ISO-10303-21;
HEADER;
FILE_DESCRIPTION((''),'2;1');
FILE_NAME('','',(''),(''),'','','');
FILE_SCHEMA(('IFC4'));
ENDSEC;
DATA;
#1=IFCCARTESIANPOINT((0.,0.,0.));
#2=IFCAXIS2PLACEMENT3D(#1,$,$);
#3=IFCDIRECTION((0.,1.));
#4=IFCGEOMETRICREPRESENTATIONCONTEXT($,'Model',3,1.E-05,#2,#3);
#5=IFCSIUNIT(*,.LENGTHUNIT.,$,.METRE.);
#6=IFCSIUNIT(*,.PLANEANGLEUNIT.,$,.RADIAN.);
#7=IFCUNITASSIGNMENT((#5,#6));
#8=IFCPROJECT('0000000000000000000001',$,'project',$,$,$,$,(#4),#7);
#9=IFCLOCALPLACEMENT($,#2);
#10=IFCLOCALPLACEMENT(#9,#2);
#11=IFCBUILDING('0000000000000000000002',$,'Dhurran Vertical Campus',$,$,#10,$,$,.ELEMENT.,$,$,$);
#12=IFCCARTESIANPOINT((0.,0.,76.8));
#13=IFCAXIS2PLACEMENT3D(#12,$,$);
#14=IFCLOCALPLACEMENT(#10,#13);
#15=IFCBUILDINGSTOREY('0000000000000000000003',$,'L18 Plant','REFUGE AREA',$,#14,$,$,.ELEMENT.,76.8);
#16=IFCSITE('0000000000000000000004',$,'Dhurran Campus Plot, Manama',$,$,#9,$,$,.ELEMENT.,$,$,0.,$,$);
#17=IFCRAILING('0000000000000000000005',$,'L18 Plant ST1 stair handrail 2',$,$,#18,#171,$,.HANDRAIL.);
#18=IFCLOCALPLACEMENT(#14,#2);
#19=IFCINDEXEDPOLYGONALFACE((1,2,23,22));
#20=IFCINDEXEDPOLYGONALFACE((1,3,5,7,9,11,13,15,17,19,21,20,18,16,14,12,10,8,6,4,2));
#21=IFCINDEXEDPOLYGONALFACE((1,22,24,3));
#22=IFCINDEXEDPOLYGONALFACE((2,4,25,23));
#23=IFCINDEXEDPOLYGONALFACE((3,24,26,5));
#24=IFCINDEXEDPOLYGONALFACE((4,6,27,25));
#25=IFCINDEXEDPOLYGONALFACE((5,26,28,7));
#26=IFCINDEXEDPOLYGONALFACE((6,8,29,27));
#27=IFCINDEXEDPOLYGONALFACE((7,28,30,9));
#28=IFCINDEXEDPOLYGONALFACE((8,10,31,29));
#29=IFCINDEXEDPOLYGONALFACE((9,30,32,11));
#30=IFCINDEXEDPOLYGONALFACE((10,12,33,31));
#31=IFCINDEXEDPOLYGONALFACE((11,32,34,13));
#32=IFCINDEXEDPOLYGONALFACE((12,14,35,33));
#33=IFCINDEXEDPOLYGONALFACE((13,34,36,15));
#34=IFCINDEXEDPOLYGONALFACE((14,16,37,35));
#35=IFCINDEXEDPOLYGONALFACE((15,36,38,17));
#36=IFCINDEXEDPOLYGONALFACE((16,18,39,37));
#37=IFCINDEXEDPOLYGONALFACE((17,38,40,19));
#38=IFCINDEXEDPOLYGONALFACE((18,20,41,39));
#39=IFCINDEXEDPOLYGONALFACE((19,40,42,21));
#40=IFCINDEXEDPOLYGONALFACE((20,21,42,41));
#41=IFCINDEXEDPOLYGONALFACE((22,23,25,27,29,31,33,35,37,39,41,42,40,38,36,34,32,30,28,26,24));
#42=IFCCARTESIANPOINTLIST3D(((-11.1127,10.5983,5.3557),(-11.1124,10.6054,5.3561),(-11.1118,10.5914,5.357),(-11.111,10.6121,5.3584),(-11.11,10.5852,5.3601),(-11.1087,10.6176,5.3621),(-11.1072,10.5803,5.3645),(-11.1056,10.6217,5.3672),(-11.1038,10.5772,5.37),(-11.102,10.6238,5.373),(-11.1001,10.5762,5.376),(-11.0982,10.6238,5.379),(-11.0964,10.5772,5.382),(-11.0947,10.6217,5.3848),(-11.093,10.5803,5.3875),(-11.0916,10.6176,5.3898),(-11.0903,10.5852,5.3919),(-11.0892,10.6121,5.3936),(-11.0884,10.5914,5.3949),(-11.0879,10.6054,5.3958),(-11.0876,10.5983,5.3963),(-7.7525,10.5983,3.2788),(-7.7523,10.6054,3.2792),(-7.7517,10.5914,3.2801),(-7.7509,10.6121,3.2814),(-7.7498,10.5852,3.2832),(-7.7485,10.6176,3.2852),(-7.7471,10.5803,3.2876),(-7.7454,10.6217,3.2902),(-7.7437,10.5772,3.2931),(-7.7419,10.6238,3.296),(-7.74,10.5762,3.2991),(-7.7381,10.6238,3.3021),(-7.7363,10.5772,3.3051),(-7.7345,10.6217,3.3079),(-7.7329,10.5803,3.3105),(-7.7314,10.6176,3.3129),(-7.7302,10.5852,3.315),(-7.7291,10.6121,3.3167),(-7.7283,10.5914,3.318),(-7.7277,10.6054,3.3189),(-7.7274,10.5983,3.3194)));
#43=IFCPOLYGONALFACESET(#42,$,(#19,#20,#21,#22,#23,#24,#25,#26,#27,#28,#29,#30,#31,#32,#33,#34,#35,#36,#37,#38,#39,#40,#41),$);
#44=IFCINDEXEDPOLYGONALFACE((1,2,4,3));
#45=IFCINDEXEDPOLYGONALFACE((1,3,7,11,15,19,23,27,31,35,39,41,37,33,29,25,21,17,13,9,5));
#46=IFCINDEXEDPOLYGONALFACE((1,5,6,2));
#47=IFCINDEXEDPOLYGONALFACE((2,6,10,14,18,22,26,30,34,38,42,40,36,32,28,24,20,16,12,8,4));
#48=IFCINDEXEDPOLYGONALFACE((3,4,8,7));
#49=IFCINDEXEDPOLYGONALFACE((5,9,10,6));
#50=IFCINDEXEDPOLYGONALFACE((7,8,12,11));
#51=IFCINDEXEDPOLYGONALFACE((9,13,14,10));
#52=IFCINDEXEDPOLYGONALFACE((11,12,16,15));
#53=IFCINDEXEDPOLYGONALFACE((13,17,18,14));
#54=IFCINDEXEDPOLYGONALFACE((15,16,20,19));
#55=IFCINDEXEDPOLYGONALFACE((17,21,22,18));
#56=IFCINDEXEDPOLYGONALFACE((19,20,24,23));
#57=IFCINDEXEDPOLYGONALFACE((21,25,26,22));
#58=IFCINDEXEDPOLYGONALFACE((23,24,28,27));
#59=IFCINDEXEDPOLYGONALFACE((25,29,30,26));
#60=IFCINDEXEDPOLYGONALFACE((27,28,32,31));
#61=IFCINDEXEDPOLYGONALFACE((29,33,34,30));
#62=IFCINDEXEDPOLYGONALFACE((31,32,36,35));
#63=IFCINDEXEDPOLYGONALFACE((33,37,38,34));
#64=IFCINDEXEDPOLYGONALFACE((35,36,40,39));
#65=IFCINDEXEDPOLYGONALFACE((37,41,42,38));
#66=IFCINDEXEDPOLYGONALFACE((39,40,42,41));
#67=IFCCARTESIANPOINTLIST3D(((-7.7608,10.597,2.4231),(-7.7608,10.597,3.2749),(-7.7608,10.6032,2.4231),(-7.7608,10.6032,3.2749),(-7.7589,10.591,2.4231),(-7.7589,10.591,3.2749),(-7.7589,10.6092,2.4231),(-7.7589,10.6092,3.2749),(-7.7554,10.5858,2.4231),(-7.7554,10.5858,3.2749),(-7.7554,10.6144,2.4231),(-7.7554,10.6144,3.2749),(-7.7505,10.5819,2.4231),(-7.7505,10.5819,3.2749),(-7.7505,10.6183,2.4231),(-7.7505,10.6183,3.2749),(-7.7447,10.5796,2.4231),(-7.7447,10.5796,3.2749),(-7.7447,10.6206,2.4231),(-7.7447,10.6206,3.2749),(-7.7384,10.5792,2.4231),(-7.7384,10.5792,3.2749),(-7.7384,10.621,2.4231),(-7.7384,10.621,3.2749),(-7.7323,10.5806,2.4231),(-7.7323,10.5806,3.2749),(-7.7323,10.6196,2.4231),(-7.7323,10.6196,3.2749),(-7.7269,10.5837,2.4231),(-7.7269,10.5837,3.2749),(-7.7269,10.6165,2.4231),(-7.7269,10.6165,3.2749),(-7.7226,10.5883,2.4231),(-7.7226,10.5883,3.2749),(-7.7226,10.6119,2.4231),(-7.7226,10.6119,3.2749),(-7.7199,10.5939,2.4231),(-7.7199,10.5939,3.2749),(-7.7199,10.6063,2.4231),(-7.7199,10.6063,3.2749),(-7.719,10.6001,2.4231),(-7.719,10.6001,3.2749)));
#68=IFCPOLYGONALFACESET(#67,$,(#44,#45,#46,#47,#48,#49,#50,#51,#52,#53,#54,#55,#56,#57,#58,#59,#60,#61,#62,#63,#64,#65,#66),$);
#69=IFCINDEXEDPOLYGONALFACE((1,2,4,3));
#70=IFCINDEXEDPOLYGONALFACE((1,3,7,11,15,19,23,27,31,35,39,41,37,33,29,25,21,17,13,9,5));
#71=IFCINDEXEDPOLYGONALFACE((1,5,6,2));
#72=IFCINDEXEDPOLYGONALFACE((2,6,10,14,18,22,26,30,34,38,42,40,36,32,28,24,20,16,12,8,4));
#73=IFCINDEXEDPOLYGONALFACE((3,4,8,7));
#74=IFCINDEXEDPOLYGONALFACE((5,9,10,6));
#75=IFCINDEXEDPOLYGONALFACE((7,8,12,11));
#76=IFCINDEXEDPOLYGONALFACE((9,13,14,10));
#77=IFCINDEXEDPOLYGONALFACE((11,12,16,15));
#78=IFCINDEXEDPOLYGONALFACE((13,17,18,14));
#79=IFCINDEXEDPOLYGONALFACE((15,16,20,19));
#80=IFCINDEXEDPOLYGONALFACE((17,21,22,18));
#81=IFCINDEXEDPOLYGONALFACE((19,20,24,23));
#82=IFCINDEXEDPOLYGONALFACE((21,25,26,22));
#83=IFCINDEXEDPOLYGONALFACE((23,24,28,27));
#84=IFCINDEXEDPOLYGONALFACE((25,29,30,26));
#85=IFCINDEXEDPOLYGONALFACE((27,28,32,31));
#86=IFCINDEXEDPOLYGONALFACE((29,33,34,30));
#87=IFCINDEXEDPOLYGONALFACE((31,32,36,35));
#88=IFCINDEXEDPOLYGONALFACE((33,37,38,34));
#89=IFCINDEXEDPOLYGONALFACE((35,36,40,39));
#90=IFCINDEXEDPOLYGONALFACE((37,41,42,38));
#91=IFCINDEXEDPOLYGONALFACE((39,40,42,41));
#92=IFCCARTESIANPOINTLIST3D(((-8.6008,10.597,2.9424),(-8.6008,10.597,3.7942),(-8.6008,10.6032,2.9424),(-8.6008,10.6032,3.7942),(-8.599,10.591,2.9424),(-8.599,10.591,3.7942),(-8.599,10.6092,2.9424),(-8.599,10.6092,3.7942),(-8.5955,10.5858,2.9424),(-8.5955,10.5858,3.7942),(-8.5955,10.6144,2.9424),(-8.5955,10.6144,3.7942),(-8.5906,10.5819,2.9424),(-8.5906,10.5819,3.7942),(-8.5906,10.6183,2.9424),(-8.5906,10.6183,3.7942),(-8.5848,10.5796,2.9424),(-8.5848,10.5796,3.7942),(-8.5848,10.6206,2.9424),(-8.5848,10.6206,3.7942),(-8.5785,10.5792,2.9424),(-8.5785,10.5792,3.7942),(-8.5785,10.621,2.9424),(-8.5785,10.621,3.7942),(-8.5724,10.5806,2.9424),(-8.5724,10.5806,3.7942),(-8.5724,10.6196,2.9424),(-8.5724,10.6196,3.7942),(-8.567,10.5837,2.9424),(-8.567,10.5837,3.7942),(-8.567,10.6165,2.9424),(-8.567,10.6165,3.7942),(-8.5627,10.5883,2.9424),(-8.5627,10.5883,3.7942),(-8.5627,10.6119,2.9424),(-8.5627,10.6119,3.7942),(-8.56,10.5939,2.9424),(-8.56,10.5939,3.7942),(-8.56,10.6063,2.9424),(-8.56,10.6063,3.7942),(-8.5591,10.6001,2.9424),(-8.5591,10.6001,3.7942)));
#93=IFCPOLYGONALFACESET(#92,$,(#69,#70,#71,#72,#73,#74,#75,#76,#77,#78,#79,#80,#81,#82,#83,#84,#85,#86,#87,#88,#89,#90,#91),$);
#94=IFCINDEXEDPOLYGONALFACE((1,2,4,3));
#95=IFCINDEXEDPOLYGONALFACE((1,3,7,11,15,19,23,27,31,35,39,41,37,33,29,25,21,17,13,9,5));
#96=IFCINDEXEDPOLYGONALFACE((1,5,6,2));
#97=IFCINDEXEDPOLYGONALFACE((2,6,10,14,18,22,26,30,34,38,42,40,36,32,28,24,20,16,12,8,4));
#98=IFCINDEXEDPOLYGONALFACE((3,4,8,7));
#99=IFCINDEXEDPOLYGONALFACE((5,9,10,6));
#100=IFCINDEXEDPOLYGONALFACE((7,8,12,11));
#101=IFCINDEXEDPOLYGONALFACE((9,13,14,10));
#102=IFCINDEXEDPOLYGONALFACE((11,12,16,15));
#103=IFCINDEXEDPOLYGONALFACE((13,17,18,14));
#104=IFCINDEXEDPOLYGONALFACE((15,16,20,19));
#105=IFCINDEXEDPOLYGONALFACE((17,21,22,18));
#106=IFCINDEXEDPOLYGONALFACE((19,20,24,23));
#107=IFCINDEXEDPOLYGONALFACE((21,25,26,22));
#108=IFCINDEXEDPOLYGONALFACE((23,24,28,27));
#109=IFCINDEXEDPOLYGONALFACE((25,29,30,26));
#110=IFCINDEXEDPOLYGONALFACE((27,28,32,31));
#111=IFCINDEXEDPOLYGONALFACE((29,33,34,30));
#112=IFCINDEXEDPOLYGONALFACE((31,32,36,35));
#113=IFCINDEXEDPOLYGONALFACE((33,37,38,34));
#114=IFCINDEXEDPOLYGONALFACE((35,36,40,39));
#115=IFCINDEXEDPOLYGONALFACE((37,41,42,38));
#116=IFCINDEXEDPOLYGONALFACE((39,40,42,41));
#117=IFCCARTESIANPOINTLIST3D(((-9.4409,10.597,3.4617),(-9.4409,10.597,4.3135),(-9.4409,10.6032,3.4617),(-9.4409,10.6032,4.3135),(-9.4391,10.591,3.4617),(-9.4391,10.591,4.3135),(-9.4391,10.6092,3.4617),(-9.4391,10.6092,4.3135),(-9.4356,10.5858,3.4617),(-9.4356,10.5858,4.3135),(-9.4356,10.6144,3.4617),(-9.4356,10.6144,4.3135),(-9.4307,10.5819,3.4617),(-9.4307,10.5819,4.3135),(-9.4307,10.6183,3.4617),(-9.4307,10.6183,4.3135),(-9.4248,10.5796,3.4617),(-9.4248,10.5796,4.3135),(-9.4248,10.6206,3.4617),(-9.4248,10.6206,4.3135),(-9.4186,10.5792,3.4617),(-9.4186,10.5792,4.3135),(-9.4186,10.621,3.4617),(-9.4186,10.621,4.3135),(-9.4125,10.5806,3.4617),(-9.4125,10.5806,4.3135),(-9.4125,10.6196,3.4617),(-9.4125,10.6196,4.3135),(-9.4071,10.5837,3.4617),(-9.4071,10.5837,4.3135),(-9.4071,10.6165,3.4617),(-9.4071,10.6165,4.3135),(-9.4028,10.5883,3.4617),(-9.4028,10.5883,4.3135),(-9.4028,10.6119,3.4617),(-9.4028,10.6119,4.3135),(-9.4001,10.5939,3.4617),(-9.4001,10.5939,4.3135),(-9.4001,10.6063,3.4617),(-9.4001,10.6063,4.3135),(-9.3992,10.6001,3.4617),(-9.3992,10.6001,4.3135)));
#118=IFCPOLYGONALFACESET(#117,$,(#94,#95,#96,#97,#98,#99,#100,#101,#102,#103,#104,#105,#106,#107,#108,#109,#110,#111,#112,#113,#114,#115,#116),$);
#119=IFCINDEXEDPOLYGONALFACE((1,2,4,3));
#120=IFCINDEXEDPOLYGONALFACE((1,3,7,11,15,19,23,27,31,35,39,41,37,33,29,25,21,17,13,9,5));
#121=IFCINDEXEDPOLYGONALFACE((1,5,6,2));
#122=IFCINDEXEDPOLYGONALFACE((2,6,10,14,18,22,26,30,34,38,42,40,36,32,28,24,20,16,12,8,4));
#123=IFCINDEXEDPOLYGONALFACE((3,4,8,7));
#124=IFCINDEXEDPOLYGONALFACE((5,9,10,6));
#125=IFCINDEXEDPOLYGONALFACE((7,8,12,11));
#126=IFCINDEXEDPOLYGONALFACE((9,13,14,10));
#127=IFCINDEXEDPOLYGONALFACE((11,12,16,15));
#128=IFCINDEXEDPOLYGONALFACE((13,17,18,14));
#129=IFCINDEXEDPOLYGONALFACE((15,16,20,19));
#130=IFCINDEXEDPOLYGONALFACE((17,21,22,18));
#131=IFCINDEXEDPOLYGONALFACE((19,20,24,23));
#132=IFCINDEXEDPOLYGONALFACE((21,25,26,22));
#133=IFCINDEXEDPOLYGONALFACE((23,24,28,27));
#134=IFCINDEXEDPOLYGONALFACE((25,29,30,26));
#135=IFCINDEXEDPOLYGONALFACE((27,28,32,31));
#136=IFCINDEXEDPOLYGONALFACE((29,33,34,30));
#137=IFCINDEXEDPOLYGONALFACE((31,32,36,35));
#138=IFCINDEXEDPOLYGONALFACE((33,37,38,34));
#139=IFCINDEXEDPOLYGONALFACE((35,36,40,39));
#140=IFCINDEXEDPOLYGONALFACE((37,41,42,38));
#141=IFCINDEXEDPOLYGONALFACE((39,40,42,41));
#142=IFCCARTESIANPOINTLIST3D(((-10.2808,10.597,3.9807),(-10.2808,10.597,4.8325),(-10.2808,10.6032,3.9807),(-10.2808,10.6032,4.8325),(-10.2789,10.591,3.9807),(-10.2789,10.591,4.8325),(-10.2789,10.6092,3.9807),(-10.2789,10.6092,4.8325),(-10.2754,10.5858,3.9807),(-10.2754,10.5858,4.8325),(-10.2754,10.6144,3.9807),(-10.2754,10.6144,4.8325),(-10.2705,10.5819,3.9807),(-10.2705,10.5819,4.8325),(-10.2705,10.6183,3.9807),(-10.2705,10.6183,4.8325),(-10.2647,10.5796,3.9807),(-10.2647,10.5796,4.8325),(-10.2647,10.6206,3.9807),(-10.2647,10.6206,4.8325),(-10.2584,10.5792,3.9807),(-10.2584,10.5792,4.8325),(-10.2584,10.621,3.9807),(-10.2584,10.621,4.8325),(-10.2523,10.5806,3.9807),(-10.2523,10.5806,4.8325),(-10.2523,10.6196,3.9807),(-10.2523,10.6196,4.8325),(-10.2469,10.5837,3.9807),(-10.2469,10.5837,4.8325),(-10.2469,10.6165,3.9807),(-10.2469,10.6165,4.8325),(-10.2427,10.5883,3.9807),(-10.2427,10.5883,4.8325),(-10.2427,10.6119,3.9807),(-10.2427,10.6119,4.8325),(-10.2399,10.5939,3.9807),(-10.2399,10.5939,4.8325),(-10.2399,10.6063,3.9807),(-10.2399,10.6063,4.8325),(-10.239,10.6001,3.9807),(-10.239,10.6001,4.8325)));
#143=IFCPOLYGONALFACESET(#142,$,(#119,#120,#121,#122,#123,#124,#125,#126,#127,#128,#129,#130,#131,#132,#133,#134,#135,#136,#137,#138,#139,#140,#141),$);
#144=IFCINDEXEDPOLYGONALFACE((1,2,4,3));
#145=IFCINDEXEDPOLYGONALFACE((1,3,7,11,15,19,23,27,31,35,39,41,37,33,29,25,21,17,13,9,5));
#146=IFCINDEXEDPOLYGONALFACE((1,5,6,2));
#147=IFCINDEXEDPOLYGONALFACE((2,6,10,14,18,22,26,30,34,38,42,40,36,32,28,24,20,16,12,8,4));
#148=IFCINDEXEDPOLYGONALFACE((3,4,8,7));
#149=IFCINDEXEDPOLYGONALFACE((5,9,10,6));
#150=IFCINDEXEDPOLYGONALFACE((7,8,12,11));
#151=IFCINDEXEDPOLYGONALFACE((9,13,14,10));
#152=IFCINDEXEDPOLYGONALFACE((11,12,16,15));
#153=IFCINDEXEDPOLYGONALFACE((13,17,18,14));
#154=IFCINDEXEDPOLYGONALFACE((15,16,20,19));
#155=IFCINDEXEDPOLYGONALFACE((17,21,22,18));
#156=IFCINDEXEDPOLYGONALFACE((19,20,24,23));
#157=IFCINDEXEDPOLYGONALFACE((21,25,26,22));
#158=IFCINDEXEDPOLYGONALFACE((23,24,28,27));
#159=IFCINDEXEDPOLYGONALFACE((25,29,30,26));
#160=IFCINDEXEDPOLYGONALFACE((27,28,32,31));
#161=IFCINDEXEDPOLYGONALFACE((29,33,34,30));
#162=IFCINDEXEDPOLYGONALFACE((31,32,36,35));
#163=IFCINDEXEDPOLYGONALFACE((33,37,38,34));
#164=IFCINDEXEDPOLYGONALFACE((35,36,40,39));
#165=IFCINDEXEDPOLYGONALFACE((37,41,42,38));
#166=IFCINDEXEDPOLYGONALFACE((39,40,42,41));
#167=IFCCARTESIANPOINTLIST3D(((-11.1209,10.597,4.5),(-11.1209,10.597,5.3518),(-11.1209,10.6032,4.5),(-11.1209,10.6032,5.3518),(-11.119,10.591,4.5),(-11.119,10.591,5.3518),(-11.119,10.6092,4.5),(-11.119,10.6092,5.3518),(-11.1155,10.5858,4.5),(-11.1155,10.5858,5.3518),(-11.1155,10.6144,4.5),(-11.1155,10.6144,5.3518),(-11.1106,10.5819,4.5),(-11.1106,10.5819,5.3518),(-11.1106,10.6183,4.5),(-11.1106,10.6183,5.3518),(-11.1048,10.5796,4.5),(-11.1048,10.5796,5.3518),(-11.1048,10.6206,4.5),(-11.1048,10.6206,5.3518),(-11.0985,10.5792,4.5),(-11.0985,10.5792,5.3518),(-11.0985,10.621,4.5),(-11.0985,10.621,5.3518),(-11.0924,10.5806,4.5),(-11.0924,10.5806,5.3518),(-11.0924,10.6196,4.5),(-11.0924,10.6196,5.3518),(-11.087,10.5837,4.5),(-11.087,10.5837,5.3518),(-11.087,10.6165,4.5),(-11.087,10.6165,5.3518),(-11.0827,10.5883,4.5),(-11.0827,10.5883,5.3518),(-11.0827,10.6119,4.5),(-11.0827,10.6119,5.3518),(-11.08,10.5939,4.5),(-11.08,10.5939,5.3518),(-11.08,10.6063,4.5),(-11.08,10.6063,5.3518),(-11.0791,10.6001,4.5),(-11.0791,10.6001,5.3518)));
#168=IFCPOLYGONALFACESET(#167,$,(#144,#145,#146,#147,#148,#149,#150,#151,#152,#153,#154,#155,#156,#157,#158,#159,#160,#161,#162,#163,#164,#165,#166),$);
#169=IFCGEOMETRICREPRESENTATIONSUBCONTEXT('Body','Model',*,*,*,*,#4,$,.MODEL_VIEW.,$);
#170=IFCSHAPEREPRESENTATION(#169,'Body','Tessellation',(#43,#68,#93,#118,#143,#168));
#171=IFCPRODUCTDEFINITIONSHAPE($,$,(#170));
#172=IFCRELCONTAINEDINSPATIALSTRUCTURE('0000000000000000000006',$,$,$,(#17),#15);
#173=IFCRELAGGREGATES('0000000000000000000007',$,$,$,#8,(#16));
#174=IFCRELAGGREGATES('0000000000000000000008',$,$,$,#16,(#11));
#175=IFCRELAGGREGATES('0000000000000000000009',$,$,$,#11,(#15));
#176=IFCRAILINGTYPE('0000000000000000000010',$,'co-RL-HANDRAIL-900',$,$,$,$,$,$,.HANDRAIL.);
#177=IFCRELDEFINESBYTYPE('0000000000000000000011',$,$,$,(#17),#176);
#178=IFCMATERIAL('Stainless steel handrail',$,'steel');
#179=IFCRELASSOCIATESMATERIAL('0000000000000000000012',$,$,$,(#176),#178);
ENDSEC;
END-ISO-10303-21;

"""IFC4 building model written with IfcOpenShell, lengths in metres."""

from ifc_helpers import new_model, si_unit, direction, frame, origin, origin_2d, place, context, subcontext, project, spatial, circle, extrude, material, type_object, element, save


model = new_model("IFC4")

# Units and contexts
model_context = context("Model", 3, precision=1e-05, world=origin(), true_north=direction((0.0, 1.0)))
body_context = subcontext(model_context, "Body", "Model", "MODEL_VIEW")
ifc_project = project(units=[si_unit("LENGTHUNIT", "METRE"), si_unit("PLANEANGLEUNIT", "RADIAN")], contexts=[model_context])

# Site, building, storey
site_placement = place(None, origin())
site = spatial("IfcSite", under=ifc_project, at=site_placement, Name="Dhurran Campus Plot, Manama", CompositionType="ELEMENT", RefElevation=0.0)
building_placement = place(site_placement, origin())
building = spatial("IfcBuilding", under=site, at=building_placement, Name="Dhurran Vertical Campus", CompositionType="ELEMENT")
storey_placement = place(building_placement, frame((0.0, 0.0, 76.8)))
storey = spatial("IfcBuildingStorey", under=building, at=storey_placement, Name="L18 Plant", Description="REFUGE AREA", CompositionType="ELEMENT", Elevation=76.8)

# Railing
ifc_material_1 = material(Name="Stainless steel handrail", Category="steel")
railing_type_1 = type_object("IfcRailingType", Name="co-RL-HANDRAIL-900", PredefinedType="HANDRAIL", material=ifc_material_1)
railing_1_placement = place(storey_placement, frame((-7.74, 10.6001, 2.4231)))
element("IfcRailing", 1, at=railing_1_placement, inside=storey, type_object=railing_type_1, Name="L18 Plant ST1 stair handrail 2", PredefinedType="HANDRAIL", context=body_context, shape_type="SweptSolid", body=[
    extrude(circle(Radius=0.0239, at=origin_2d()), frame((0.0, 0.0, 0.876), z_axis=(-0.850623, 0.0, 0.525776), x_axis=(0.0, -1.0, 0.0)), (0.0, 0.0, 1.0), 3.9502),
    extrude(circle(Radius=0.021, at=origin_2d()), origin(), (0.0, 0.0, 1.0), 0.8518),
    extrude(circle(Radius=0.021, at=origin_2d()), frame((-0.8401, 0.0, 0.5193)), (0.0, 0.0, 1.0), 0.8518),
    extrude(circle(Radius=0.021, at=origin_2d()), frame((-1.6802, 0.0, 1.0386)), (0.0, 0.0, 1.0), 0.8518),
    extrude(circle(Radius=0.021, at=origin_2d()), frame((-2.52, 0.0, 1.5576)), (0.0, 0.0, 1.0), 0.8518),
    extrude(circle(Radius=0.021, at=origin_2d()), frame((-3.3601, 0.0, 2.0769)), (0.0, 0.0, 1.0), 0.8518),
])

save(model, "model.ifc")
